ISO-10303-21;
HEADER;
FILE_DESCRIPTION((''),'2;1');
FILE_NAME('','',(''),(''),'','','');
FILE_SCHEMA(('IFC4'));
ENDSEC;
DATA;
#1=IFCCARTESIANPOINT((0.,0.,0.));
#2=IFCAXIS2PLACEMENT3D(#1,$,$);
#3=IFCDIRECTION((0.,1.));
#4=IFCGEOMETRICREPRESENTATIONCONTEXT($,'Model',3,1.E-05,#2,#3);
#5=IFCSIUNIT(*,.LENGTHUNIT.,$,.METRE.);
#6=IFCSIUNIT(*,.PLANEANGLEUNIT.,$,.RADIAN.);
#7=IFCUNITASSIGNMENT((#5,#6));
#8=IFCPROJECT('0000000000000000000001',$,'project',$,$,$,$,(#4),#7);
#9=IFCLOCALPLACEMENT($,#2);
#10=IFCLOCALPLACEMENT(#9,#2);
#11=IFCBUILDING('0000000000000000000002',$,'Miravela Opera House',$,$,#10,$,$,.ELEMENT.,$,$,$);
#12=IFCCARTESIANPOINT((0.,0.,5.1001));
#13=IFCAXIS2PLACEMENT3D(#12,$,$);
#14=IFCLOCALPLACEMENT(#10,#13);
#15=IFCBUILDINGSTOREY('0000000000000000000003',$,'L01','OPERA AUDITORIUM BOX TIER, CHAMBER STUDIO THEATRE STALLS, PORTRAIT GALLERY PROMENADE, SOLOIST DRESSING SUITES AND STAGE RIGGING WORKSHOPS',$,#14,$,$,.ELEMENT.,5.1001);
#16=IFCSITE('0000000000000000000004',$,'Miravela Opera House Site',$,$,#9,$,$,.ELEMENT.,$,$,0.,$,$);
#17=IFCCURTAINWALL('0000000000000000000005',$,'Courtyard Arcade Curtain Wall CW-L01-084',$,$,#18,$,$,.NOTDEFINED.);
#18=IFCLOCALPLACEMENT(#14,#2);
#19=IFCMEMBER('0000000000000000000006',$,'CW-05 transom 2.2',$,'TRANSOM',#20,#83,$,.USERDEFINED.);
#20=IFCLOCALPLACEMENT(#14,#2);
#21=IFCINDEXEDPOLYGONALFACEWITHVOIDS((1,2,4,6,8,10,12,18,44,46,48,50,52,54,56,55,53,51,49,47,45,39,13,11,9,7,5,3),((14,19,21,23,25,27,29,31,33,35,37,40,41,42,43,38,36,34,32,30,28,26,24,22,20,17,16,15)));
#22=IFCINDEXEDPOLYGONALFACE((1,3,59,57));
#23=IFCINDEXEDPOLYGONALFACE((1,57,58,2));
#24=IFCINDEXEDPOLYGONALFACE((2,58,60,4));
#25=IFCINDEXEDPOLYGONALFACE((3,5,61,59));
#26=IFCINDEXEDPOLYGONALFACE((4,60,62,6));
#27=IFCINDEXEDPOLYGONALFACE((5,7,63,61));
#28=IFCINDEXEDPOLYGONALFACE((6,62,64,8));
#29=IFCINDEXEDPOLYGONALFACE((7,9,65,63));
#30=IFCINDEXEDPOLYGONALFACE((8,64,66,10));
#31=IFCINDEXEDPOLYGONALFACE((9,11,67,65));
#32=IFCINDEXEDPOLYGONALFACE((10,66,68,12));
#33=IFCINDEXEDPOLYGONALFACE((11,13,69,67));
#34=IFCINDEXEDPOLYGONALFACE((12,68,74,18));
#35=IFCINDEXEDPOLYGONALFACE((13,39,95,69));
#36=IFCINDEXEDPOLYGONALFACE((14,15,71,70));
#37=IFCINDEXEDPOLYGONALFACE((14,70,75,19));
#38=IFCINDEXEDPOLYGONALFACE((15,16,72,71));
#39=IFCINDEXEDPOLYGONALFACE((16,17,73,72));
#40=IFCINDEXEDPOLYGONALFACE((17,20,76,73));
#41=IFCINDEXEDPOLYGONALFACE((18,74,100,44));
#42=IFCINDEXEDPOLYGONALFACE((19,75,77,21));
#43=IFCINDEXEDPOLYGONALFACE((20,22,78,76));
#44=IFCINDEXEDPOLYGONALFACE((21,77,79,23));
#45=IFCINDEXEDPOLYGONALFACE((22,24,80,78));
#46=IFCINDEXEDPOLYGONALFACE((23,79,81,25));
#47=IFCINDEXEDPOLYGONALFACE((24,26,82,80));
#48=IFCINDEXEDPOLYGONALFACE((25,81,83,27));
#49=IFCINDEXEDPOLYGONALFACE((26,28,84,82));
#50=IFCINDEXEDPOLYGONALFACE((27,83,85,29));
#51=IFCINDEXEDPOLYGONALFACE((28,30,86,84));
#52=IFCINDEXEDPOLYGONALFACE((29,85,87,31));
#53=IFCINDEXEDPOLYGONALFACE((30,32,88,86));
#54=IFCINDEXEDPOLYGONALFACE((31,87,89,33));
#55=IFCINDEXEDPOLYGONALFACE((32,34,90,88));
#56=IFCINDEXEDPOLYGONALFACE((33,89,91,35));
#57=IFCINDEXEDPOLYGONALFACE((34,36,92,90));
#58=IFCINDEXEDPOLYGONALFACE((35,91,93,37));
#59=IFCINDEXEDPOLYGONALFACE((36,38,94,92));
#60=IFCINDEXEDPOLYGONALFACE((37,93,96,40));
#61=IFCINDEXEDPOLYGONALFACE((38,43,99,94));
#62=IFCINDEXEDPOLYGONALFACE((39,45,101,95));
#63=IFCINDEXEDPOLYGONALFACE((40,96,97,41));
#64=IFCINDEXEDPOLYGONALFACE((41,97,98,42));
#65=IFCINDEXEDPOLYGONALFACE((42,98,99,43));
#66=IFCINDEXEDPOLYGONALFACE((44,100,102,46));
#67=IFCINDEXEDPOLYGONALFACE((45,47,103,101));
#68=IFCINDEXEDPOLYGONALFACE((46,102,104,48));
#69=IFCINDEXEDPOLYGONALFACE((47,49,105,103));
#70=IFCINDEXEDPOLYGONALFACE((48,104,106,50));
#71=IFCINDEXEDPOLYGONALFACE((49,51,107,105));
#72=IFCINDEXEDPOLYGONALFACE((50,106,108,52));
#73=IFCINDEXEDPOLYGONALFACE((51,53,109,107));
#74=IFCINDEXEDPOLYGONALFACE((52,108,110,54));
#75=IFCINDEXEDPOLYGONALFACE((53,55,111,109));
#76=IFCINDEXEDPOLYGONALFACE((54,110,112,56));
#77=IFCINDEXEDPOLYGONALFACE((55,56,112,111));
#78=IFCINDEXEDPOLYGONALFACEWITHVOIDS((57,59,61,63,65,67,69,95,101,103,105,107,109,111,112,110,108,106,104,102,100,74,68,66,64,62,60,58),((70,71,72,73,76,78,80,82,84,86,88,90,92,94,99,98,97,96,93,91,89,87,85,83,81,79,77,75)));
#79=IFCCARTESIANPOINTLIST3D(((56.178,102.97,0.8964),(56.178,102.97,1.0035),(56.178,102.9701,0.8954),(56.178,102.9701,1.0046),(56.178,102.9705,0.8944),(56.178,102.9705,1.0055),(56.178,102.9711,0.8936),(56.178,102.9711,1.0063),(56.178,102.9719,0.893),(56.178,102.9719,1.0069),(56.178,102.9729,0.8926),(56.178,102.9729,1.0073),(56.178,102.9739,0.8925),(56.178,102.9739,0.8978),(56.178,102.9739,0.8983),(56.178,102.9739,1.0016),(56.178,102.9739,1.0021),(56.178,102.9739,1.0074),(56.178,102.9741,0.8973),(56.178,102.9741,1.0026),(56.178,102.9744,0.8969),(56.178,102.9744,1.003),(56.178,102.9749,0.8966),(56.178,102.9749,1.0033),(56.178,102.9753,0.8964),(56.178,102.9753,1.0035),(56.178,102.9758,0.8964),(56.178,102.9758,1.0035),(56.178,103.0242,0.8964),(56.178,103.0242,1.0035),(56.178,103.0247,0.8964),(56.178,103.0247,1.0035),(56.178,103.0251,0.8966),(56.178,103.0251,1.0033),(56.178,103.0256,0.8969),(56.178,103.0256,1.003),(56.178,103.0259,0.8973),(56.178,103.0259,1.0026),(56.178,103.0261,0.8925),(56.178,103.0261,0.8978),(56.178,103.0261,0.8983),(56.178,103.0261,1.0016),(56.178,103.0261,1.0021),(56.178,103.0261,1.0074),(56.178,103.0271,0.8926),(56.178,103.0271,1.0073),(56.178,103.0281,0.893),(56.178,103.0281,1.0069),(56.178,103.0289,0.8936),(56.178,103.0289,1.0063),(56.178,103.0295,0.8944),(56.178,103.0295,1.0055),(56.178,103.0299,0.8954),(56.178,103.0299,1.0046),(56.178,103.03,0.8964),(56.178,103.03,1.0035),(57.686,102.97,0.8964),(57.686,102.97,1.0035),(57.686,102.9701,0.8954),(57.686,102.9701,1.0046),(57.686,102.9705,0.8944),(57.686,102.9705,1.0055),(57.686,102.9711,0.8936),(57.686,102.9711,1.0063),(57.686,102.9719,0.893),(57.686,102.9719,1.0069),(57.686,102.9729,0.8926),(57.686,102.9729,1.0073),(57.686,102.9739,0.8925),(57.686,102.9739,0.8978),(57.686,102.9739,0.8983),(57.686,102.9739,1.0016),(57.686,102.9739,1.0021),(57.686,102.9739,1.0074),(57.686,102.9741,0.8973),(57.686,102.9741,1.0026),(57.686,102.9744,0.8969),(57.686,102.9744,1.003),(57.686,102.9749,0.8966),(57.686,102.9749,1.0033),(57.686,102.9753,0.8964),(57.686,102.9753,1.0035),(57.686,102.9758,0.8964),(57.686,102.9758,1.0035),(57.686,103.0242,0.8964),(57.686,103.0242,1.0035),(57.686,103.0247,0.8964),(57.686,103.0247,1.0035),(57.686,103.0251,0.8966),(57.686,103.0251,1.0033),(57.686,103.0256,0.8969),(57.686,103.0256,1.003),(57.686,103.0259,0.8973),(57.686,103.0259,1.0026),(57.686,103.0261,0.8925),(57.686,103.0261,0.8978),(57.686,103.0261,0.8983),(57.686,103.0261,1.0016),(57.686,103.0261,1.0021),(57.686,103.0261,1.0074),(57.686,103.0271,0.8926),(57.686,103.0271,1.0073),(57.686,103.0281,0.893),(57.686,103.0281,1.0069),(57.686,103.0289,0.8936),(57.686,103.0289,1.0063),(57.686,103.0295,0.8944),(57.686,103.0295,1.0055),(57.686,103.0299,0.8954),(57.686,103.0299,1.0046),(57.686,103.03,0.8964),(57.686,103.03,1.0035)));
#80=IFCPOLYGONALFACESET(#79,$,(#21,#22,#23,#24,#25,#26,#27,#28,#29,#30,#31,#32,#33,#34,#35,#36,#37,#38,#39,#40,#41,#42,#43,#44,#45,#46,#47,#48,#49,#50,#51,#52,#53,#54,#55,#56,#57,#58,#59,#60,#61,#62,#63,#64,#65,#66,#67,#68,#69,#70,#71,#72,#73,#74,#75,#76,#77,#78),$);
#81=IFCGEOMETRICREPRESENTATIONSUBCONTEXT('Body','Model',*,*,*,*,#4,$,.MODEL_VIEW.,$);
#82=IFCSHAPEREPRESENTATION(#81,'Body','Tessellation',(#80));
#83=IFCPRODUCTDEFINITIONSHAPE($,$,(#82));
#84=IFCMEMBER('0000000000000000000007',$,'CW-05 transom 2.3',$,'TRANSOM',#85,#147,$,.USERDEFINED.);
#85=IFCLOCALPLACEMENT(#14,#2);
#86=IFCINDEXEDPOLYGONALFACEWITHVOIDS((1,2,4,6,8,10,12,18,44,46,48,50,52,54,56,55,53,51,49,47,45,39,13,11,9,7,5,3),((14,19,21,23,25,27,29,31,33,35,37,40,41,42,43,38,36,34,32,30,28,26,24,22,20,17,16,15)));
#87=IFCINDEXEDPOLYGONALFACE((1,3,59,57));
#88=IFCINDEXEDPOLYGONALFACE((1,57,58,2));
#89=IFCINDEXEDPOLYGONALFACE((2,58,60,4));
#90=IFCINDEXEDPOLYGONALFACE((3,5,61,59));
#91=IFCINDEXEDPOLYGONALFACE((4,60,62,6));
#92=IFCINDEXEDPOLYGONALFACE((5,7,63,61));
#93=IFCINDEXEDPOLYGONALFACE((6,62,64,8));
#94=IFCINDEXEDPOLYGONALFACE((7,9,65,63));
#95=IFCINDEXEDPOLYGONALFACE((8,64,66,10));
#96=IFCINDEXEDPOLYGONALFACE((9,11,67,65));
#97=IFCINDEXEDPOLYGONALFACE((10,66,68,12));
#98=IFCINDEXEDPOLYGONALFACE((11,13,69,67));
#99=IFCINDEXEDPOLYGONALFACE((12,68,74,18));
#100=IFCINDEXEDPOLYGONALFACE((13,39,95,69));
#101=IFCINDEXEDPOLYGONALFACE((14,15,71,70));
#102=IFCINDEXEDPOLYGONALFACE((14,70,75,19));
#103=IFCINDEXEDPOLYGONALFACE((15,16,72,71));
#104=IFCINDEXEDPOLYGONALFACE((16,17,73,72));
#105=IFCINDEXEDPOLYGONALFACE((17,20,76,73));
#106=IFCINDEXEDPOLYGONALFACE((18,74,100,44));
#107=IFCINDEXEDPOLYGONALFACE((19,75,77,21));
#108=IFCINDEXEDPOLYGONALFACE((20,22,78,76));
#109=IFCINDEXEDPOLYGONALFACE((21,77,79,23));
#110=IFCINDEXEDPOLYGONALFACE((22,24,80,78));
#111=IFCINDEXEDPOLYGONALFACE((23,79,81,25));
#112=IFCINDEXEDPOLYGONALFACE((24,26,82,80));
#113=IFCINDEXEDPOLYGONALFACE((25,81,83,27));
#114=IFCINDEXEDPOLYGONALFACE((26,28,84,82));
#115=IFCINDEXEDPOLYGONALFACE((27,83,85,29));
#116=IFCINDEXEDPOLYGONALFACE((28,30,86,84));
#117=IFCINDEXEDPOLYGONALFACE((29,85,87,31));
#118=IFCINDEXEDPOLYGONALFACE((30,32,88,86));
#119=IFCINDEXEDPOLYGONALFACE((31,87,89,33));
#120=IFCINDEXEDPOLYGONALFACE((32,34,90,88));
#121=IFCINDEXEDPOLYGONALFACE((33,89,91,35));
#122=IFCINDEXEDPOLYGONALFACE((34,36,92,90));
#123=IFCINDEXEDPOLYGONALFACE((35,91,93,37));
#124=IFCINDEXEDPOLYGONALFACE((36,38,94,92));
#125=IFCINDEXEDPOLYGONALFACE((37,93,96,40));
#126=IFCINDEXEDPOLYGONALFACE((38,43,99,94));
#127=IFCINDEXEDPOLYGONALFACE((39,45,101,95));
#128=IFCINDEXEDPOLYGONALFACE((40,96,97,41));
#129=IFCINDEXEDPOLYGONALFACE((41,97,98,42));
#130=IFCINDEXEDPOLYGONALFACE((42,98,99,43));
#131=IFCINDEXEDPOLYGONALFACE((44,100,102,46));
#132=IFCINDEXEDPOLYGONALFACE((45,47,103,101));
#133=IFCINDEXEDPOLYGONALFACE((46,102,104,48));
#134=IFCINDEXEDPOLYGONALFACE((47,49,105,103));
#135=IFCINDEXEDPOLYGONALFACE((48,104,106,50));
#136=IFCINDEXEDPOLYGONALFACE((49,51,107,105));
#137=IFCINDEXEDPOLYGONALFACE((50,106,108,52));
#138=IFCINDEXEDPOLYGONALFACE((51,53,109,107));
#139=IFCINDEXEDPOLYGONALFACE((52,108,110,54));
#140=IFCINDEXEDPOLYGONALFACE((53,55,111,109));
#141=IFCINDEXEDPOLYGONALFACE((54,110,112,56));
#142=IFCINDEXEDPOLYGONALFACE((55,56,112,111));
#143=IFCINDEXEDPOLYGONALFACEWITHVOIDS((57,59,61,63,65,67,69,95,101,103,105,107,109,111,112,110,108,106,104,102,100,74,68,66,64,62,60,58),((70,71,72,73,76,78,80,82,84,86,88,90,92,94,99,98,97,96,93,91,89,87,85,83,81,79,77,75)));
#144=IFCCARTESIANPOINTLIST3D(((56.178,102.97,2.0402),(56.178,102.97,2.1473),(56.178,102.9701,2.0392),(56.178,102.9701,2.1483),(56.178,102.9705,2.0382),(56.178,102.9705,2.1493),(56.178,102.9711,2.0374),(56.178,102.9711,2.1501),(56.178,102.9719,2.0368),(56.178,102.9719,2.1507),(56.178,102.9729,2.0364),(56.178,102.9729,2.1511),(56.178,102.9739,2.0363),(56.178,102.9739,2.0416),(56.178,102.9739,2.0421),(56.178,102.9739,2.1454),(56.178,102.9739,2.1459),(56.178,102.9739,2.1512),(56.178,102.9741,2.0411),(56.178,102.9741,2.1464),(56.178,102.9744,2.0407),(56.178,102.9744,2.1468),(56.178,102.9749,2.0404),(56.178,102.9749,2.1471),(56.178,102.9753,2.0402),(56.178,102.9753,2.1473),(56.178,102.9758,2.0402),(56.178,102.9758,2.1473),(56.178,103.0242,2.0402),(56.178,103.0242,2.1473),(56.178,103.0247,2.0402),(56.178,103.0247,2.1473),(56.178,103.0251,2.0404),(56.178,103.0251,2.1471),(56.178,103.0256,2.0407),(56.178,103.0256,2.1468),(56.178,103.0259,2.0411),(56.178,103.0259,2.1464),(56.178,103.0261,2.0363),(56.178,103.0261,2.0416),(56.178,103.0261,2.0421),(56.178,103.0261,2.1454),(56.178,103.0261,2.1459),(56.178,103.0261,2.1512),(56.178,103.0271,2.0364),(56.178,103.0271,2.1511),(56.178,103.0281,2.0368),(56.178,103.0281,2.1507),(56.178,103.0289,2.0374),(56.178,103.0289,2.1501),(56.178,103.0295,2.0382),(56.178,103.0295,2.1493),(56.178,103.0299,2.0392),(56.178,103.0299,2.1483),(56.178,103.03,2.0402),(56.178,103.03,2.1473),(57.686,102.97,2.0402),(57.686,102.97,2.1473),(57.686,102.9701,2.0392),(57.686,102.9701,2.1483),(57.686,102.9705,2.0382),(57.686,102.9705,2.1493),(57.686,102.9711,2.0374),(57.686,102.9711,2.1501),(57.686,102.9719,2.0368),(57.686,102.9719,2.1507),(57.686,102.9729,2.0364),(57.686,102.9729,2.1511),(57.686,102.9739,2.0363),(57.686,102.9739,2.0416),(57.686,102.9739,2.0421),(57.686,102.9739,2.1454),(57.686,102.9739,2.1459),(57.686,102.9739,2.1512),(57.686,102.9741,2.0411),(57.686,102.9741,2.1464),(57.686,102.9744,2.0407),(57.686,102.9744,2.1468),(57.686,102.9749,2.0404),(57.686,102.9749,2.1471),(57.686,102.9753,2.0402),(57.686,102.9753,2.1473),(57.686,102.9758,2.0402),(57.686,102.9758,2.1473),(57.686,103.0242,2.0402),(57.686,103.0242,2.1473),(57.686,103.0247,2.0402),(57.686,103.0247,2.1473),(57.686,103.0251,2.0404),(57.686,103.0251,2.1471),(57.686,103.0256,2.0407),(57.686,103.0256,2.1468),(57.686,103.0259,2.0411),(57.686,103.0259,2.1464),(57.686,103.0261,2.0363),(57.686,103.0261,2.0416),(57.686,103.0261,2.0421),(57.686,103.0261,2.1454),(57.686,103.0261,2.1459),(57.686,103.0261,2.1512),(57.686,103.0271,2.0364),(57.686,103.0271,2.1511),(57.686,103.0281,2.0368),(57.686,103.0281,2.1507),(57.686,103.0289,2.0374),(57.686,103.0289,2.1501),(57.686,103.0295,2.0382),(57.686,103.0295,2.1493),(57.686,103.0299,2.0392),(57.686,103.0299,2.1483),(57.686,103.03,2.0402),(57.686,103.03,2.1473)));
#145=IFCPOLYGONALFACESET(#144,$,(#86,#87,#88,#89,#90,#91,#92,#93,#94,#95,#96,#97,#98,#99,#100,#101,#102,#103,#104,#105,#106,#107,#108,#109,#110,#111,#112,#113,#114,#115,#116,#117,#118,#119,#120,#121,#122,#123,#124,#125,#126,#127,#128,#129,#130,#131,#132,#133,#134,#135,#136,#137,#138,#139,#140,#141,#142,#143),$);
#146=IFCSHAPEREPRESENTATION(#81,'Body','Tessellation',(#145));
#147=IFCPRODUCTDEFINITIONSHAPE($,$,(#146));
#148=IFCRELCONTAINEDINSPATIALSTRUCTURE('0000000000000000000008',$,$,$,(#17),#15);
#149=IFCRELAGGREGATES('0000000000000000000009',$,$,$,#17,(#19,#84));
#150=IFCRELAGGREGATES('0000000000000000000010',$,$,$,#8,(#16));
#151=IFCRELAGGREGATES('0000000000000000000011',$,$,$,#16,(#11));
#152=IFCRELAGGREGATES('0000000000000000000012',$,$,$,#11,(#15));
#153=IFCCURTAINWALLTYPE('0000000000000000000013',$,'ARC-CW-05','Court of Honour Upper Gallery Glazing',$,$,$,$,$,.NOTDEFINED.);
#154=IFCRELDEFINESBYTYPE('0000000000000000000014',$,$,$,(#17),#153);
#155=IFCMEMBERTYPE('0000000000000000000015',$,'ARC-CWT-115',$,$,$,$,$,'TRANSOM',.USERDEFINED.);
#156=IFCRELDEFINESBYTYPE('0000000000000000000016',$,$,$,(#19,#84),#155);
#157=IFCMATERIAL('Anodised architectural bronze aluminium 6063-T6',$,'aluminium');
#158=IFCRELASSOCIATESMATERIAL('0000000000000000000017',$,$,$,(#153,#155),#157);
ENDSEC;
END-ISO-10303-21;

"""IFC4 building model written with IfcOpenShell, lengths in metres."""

from ifc_helpers import new_model, si_unit, direction, frame, origin, origin_2d, place, context, subcontext, project, spatial, hollow_rectangle, extrude, material, material_profile, profile_set, type_object, element, aggregate, save


model = new_model("IFC4")

# Units and contexts
model_context = context("Model", 3, precision=1e-05, world=origin(), true_north=direction((0.0, 1.0)))
body_context = subcontext(model_context, "Body", "Model", "MODEL_VIEW")
ifc_project = project(units=[si_unit("LENGTHUNIT", "METRE"), si_unit("PLANEANGLEUNIT", "RADIAN")], contexts=[model_context])

# Site, building, storey
site_placement = place(None, origin())
site = spatial("IfcSite", under=ifc_project, at=site_placement, Name="Miravela Opera House Site", CompositionType="ELEMENT", RefElevation=0.0)
building_placement = place(site_placement, origin())
building = spatial("IfcBuilding", under=site, at=building_placement, Name="Miravela Opera House", CompositionType="ELEMENT")
storey_placement = place(building_placement, frame((0.0, 0.0, 5.1001)))
storey = spatial("IfcBuildingStorey", under=building, at=storey_placement, Name="L01", Description="OPERA AUDITORIUM BOX TIER, CHAMBER STUDIO THEATRE STALLS, PORTRAIT GALLERY PROMENADE, SOLOIST DRESSING SUITES AND STAGE RIGGING WORKSHOPS", CompositionType="ELEMENT", Elevation=5.1001)

# Curtain wall, members
ifc_material_1 = material(Name="Anodised architectural bronze aluminium 6063-T6", Category="aluminium")
curtain_wall_type = type_object("IfcCurtainWallType", Name="ARC-CW-05", Description="Court of Honour Upper Gallery Glazing", PredefinedType="NOTDEFINED", material=ifc_material_1)
curtain_wall_placement = place(storey_placement, origin())
curtain_wall = element("IfcCurtainWall", 1, at=curtain_wall_placement, inside=storey, type_object=curtain_wall_type, Name="Courtyard Arcade Curtain Wall CW-L01-084", PredefinedType="NOTDEFINED")
ifc_material_profile_1 = material_profile(ifc_material_1, hollow_rectangle(XDim=0.0601, YDim=0.115, WallThickness=0.0039, InnerFilletRadius=0.002, OuterFilletRadius=0.0039, at=origin_2d()), Name="CWT-60X115")
ifc_profile_set_1 = profile_set([ifc_material_profile_1])
member_type_1 = type_object("IfcMemberType", Name="ARC-CWT-115", ElementType="TRANSOM", PredefinedType="USERDEFINED", material=ifc_profile_set_1)
member_1_placement = place(storey_placement, frame((56.178, 103.0, 0.95), z_axis=(1.0, 0.0, 0.0), x_axis=(0.0, 1.0, 0.0)))
member_1 = element("IfcMember", 2, at=member_1_placement, type_object=member_type_1, Name="CW-05 transom 2.2", ObjectType="TRANSOM", PredefinedType="USERDEFINED", context=body_context, shape_type="SweptSolid", body=[
    extrude(hollow_rectangle(XDim=0.0601, YDim=0.115, WallThickness=0.0039, InnerFilletRadius=0.002, OuterFilletRadius=0.0039, at=origin_2d()), origin(), (0.0, 0.0, 1.0), 1.5081),
])
member_2_placement = place(storey_placement, frame((56.178, 103.0, 2.0938), z_axis=(1.0, 0.0, 0.0), x_axis=(0.0, 1.0, 0.0)))
member_2 = element("IfcMember", 3, at=member_2_placement, type_object=member_type_1, Name="CW-05 transom 2.3", ObjectType="TRANSOM", PredefinedType="USERDEFINED", context=body_context, shape_type="SweptSolid", body=[
    extrude(hollow_rectangle(XDim=0.0601, YDim=0.115, WallThickness=0.0039, InnerFilletRadius=0.002, OuterFilletRadius=0.0039, at=origin_2d()), origin(), (0.0, 0.0, 1.0), 1.5081),
])

aggregate(curtain_wall, [member_1, member_2])

save(model, "model.ifc")
